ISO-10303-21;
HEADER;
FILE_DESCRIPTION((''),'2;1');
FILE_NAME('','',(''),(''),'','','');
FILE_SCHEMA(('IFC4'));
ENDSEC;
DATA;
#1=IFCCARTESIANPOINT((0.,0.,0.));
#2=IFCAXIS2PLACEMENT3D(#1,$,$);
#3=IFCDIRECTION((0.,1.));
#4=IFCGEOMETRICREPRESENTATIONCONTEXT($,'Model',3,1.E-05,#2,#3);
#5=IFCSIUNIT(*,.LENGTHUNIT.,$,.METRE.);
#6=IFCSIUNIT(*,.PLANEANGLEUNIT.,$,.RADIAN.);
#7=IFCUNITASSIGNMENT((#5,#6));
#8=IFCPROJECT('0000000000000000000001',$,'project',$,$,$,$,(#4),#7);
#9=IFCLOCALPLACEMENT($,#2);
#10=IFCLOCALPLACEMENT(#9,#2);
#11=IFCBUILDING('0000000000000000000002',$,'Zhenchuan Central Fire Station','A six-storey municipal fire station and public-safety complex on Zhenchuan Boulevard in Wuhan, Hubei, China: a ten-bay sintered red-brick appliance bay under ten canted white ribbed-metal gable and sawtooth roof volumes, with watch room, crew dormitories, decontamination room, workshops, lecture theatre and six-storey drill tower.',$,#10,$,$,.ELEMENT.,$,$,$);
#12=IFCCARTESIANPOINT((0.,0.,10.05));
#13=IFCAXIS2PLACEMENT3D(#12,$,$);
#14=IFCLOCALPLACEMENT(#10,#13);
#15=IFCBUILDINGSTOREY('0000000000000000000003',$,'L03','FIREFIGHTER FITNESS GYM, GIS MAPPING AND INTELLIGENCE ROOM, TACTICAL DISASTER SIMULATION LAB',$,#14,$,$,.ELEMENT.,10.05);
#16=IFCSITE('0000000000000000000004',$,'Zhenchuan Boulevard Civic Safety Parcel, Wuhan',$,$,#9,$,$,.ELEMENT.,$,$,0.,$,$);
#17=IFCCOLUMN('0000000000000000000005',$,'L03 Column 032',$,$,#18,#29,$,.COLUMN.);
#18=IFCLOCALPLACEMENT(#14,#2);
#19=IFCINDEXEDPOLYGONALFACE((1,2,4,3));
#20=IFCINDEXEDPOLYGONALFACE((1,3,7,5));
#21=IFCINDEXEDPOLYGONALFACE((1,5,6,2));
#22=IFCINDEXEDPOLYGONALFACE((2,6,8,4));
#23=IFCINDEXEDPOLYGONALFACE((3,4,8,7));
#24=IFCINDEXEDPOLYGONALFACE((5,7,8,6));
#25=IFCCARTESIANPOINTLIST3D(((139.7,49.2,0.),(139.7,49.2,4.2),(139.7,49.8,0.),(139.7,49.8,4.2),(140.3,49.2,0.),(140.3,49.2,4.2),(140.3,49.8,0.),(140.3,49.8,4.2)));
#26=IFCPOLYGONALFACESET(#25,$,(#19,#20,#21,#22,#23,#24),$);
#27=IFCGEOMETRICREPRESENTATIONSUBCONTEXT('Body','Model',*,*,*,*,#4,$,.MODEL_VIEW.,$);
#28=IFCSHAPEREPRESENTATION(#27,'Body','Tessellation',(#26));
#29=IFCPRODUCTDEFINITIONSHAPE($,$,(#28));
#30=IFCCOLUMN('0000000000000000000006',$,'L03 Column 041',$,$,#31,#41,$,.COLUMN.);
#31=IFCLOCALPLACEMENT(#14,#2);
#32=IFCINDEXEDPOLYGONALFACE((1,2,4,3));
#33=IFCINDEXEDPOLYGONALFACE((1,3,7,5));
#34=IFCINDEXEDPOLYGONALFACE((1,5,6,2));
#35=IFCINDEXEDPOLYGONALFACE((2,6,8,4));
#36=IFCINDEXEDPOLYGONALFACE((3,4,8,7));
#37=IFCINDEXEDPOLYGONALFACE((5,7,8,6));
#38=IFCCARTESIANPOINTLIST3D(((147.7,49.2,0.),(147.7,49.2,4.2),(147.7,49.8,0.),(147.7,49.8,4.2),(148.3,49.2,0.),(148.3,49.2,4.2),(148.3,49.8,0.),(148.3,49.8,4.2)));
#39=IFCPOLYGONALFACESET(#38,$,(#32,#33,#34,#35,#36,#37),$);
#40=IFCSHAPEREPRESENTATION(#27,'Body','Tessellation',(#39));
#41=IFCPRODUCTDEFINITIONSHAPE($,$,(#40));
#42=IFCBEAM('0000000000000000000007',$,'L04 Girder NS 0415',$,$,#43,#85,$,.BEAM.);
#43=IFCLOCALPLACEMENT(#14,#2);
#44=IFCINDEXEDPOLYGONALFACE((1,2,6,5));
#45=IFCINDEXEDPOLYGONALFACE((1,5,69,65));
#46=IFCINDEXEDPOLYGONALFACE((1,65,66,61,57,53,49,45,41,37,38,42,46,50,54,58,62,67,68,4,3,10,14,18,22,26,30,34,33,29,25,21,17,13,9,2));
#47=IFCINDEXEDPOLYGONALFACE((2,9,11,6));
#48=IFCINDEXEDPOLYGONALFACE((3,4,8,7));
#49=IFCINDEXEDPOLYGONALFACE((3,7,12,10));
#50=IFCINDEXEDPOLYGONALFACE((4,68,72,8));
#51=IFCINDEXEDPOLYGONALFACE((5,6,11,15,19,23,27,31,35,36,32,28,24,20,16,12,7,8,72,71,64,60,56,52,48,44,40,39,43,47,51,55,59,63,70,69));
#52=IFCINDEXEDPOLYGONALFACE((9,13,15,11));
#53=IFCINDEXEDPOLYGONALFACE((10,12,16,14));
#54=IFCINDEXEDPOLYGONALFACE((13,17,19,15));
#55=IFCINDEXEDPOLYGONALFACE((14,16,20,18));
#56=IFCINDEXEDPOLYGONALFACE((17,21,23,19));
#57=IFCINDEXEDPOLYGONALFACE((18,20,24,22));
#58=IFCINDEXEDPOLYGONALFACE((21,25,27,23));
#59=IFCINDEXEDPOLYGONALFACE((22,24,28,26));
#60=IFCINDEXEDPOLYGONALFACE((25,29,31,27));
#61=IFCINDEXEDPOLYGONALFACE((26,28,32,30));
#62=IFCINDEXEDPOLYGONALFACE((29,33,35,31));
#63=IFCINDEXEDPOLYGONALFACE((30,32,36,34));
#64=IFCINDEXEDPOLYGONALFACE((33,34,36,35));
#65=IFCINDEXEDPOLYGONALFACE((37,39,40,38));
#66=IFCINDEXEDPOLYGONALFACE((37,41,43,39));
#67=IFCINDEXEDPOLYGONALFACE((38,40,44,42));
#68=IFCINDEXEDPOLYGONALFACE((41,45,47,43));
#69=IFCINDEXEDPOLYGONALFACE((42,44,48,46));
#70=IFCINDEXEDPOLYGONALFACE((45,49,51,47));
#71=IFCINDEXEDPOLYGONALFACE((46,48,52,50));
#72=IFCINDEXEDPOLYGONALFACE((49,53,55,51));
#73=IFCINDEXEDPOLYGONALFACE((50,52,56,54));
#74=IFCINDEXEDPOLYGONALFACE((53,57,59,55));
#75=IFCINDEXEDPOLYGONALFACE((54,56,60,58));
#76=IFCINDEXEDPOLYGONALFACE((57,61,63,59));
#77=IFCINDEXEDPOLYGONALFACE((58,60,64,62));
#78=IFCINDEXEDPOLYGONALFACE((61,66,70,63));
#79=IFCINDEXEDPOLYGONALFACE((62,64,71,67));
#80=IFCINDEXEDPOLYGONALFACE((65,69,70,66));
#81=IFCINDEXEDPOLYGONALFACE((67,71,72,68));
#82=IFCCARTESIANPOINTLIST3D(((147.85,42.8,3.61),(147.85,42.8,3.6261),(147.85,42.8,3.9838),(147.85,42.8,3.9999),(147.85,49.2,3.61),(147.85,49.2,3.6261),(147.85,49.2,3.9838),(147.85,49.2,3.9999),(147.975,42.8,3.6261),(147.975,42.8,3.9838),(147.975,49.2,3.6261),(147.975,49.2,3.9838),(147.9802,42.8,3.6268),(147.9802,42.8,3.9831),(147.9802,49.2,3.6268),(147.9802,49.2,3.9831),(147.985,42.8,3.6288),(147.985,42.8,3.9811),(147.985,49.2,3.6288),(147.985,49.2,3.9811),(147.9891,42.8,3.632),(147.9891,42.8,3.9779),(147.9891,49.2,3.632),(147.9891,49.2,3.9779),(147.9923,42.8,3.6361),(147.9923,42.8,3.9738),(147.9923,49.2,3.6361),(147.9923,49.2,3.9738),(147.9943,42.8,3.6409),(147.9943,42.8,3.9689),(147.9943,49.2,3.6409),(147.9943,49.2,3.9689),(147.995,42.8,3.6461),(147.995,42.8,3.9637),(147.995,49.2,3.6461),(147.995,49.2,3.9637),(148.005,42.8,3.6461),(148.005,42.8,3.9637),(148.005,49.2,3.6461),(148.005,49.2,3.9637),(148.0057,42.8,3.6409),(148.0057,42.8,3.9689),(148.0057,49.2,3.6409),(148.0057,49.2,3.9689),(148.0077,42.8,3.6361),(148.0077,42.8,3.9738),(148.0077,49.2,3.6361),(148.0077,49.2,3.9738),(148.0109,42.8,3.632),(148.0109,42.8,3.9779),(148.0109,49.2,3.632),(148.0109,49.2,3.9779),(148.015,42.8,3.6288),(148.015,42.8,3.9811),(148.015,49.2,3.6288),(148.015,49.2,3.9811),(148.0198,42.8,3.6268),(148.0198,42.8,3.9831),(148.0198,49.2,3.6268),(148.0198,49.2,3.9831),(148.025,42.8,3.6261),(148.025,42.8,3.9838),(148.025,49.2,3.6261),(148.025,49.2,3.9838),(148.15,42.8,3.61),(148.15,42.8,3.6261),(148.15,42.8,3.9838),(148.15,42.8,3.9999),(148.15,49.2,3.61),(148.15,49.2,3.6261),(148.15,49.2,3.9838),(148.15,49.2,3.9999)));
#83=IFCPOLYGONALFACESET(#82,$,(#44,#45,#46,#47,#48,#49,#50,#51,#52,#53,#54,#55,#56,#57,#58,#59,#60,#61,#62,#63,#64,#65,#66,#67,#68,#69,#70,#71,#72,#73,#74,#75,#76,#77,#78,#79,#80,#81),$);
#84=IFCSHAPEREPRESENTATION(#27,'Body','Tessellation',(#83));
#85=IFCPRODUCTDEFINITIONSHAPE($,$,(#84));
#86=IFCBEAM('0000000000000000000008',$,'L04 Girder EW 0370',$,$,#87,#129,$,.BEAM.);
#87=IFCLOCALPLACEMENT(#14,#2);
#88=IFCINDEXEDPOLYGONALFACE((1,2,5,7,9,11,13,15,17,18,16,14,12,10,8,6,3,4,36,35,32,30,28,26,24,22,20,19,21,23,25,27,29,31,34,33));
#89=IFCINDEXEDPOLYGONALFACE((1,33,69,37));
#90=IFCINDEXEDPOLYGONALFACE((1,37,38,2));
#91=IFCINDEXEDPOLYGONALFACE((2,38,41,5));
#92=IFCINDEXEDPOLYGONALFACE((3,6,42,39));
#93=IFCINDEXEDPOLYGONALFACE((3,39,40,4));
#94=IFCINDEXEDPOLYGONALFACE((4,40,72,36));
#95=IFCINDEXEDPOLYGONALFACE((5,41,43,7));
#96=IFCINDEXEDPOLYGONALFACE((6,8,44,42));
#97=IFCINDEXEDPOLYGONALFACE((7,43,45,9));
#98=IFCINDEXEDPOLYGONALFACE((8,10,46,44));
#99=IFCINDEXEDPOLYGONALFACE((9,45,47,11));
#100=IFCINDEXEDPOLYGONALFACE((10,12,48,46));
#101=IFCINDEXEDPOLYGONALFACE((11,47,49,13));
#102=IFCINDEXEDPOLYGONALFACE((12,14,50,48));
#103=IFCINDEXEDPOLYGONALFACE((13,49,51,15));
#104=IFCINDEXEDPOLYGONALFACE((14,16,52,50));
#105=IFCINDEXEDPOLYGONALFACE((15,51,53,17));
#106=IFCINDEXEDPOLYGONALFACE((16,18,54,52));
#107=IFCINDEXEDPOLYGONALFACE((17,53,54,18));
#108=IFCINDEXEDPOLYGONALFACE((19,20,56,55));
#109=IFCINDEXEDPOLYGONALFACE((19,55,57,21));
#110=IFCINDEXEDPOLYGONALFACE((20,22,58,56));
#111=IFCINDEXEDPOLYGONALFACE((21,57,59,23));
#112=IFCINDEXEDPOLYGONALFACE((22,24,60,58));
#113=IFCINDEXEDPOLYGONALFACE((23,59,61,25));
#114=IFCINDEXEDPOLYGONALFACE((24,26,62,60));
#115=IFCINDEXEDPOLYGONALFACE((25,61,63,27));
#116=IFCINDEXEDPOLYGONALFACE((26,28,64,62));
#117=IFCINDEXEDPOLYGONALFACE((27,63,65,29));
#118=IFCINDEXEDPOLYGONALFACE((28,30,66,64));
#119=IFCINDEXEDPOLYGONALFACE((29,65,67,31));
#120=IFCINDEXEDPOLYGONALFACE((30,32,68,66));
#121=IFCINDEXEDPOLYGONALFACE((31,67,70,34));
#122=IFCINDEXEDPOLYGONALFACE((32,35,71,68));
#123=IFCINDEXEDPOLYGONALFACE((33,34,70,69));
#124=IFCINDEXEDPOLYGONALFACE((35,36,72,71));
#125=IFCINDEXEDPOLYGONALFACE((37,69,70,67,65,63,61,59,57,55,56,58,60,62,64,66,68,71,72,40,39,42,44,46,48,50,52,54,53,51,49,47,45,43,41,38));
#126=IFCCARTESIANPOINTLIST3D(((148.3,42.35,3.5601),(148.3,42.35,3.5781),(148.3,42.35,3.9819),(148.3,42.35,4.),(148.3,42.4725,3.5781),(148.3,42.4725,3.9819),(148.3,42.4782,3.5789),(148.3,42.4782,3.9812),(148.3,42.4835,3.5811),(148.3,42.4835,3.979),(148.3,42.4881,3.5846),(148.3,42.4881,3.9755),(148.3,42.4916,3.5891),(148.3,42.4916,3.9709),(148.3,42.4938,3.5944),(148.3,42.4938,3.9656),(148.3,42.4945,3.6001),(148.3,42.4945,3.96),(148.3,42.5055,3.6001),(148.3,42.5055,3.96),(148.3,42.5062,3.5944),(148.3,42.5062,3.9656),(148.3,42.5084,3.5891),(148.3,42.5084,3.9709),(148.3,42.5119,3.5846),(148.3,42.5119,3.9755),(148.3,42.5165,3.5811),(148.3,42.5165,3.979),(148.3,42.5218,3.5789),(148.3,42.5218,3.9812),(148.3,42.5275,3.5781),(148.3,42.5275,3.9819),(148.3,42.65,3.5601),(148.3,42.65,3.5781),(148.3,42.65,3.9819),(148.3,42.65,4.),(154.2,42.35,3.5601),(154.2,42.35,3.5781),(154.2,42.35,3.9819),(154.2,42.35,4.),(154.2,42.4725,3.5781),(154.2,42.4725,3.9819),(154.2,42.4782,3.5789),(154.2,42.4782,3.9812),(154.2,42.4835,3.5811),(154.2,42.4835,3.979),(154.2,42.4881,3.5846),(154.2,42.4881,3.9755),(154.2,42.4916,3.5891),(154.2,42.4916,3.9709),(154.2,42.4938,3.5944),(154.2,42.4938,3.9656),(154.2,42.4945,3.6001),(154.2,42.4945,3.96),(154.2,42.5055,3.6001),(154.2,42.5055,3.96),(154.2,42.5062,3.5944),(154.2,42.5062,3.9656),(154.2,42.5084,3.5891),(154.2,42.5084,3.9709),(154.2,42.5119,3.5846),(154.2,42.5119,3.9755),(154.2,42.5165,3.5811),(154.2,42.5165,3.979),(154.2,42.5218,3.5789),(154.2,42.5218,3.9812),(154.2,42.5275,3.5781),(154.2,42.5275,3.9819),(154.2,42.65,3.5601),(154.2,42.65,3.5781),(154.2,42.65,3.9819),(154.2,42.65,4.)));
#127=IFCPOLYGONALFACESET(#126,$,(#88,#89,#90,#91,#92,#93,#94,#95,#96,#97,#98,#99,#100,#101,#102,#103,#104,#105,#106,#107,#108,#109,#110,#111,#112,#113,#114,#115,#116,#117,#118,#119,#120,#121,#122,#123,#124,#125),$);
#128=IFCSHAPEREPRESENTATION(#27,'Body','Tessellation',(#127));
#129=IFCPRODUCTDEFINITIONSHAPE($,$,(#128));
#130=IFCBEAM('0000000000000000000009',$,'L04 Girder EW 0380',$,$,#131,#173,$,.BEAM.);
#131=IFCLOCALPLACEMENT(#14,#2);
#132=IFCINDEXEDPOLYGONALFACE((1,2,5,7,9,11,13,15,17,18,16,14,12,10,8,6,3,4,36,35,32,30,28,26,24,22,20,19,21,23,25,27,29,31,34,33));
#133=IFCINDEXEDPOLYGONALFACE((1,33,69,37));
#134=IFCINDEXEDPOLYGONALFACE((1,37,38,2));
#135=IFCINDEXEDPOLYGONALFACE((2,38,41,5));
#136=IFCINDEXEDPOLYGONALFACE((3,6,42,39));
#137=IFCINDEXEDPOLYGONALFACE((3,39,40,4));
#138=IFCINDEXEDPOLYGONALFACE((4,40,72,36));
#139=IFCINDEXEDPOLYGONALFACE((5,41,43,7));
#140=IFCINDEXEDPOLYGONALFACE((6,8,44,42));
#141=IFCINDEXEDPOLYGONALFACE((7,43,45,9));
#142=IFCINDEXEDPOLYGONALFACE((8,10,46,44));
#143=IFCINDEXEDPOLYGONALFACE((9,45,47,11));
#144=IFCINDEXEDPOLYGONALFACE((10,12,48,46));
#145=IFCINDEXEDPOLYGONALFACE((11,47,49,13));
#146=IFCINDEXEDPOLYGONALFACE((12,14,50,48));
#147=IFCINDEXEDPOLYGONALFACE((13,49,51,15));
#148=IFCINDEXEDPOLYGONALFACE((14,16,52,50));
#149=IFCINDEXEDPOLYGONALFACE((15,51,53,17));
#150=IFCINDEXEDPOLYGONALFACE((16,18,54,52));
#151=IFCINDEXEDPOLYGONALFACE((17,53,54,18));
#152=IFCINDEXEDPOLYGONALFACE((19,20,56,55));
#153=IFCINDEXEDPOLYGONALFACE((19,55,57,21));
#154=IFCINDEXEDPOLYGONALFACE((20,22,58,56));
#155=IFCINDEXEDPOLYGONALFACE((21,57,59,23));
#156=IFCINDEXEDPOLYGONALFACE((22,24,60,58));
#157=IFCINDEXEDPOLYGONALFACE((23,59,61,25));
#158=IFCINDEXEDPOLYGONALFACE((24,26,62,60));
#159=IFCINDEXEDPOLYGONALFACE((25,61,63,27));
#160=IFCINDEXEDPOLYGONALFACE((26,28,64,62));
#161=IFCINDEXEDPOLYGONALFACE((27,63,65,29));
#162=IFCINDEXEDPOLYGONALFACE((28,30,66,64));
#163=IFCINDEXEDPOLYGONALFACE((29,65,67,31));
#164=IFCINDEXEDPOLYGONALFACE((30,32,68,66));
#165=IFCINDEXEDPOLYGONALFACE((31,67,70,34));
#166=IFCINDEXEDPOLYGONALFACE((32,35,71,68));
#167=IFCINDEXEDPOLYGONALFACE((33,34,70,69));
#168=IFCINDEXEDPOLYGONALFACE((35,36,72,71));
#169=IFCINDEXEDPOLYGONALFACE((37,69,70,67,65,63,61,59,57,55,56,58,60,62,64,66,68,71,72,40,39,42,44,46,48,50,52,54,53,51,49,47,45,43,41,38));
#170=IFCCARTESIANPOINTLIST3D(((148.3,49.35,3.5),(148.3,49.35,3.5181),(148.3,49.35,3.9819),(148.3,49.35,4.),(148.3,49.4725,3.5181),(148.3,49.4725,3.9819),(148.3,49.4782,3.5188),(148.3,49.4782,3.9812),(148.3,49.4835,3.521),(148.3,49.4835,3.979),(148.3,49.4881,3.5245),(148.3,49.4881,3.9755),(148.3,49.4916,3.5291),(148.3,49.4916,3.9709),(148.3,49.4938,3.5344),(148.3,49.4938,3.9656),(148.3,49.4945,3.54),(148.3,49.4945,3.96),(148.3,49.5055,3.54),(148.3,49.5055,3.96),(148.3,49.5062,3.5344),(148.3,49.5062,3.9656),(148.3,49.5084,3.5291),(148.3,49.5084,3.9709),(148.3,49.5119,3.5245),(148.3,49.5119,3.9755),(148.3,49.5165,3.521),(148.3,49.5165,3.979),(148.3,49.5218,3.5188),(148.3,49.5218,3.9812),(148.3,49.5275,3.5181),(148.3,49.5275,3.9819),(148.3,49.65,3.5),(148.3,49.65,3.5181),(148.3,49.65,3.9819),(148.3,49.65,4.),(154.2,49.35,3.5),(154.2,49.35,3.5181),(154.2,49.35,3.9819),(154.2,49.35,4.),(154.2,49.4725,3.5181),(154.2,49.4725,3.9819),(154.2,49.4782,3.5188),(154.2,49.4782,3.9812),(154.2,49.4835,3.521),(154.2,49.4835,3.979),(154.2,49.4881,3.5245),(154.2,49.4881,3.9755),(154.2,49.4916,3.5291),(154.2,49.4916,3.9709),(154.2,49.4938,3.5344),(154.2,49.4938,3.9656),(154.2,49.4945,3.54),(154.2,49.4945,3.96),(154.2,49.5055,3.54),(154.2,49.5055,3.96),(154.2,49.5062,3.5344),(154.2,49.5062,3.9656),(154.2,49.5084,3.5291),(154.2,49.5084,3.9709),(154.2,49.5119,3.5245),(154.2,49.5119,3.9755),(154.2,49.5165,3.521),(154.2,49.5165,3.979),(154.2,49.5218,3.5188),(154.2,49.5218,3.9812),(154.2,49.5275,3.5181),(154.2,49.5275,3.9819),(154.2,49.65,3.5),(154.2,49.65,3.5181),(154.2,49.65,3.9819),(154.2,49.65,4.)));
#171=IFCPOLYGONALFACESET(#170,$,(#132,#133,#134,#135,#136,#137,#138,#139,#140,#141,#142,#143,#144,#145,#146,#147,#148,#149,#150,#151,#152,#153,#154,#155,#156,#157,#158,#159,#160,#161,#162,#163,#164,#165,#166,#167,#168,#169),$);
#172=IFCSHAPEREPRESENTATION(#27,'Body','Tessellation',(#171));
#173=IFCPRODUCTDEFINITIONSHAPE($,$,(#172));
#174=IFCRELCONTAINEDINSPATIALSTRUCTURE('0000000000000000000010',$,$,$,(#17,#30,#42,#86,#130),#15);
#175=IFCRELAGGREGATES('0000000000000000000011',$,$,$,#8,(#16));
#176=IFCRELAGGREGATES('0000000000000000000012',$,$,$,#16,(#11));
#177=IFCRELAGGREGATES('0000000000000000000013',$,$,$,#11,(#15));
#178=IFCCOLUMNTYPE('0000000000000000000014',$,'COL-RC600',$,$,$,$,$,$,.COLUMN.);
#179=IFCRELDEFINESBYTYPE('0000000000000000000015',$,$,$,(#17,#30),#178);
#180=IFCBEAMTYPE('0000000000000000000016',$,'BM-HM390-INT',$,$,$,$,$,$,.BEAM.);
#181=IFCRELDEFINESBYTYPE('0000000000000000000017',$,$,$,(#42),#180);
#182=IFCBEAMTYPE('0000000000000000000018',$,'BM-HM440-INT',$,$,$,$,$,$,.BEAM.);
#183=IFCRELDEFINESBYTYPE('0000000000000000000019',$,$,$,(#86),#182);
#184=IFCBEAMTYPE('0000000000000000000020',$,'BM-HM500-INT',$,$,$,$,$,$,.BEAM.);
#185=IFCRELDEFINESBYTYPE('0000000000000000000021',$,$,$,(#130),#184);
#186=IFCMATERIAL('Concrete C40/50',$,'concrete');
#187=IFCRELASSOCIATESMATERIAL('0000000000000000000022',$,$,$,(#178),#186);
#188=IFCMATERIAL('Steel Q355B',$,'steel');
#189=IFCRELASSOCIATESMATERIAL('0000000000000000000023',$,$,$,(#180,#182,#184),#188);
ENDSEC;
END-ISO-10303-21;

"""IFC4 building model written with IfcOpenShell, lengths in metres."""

from ifc_helpers import new_model, si_unit, direction, frame, origin, origin_2d, place, context, subcontext, project, spatial, rectangle, i_section, extrude, material, material_profile, profile_set, type_object, element, save


model = new_model("IFC4")

# Units and contexts
model_context = context("Model", 3, precision=1e-05, world=origin(), true_north=direction((0.0, 1.0)))
body_context = subcontext(model_context, "Body", "Model", "MODEL_VIEW")
ifc_project = project(units=[si_unit("LENGTHUNIT", "METRE"), si_unit("PLANEANGLEUNIT", "RADIAN")], contexts=[model_context])

# Site, building, storey
site_placement = place(None, origin())
site = spatial("IfcSite", under=ifc_project, at=site_placement, Name="Zhenchuan Boulevard Civic Safety Parcel, Wuhan", CompositionType="ELEMENT", RefElevation=0.0)
building_placement = place(site_placement, origin())
building = spatial("IfcBuilding", under=site, at=building_placement, Name="Zhenchuan Central Fire Station", Description="A six-storey municipal fire station and public-safety complex on Zhenchuan Boulevard in Wuhan, Hubei, China: a ten-bay sintered red-brick appliance bay under ten canted white ribbed-metal gable and sawtooth roof volumes, with watch room, crew dormitories, decontamination room, workshops, lecture theatre and six-storey drill tower.", CompositionType="ELEMENT")
storey_placement = place(building_placement, frame((0.0, 0.0, 10.05)))
storey = spatial("IfcBuildingStorey", under=building, at=storey_placement, Name="L03", Description="FIREFIGHTER FITNESS GYM, GIS MAPPING AND INTELLIGENCE ROOM, TACTICAL DISASTER SIMULATION LAB", CompositionType="ELEMENT", Elevation=10.05)

# Columns
ifc_material_1 = material(Name="Concrete C40/50", Category="concrete")
ifc_material_profile_1 = material_profile(ifc_material_1, rectangle(XDim=0.6001, YDim=0.6001, at=origin_2d()), Name="RC 600x600")
ifc_profile_set_1 = profile_set([ifc_material_profile_1], Name="Concrete C40/50")
column_type = type_object("IfcColumnType", Name="COL-RC600", PredefinedType="COLUMN", material=ifc_profile_set_1)
for number, where, z_axis, x_axis, name in (
    (1, (140.0, 49.5, 0.0), (0.0, 0.0, 1.0), (1.0, 0.0, 0.0), "L03 Column 032"),
    (2, (148.0, 49.5, 0.0), (0.0, 0.0, 1.0), (1.0, 0.0, 0.0), "L03 Column 041"),
):
    element("IfcColumn", number, at=place(storey_placement, frame(where, z_axis=z_axis, x_axis=x_axis)), inside=storey, type_object=column_type, Name=name, PredefinedType="COLUMN", context=body_context, shape_type="SweptSolid", body=[
        extrude(rectangle(XDim=0.6001, YDim=0.6001, at=origin_2d()), origin(), (0.0, 0.0, 1.0), 4.2),
    ])

# Beams
ifc_material_2 = material(Name="Steel Q355B", Category="steel")
ifc_material_profile_2 = material_profile(ifc_material_2, i_section(OverallWidth=0.3, OverallDepth=0.3899, WebThickness=0.01, FlangeThickness=0.0161, FilletRadius=0.02, at=origin_2d()), Name="HM 390x300")
ifc_profile_set_2 = profile_set([ifc_material_profile_2], Name="Steel Q355B")
beam_type_1 = type_object("IfcBeamType", Name="BM-HM390-INT", PredefinedType="BEAM", material=ifc_profile_set_2)
beam_1_placement = place(storey_placement, frame((148.0, 42.8, 3.8049), z_axis=(0.0, 1.0, 0.0), x_axis=(-1.0, 0.0, 0.0)))
element("IfcBeam", 3, at=beam_1_placement, inside=storey, type_object=beam_type_1, Name="L04 Girder NS 0415", PredefinedType="BEAM", context=body_context, shape_type="SweptSolid", body=[
    extrude(i_section(OverallWidth=0.3, OverallDepth=0.3899, WebThickness=0.01, FlangeThickness=0.0161, FilletRadius=0.02, at=origin_2d()), origin(), (0.0, 0.0, 1.0), 6.3999),
])
ifc_material_profile_3 = material_profile(ifc_material_2, i_section(OverallWidth=0.3, OverallDepth=0.4399, WebThickness=0.011, FlangeThickness=0.0181, FilletRadius=0.022, at=origin_2d()), Name="HM 440x300")
ifc_profile_set_3 = profile_set([ifc_material_profile_3], Name="Steel Q355B")
beam_type_2 = type_object("IfcBeamType", Name="BM-HM440-INT", PredefinedType="BEAM", material=ifc_profile_set_3)
beam_2_placement = place(storey_placement, frame((148.3, 42.5, 3.78), z_axis=(1.0, 0.0, 0.0), x_axis=(0.0, 1.0, 0.0)))
element("IfcBeam", 4, at=beam_2_placement, inside=storey, type_object=beam_type_2, Name="L04 Girder EW 0370", PredefinedType="BEAM", context=body_context, shape_type="SweptSolid", body=[
    extrude(i_section(OverallWidth=0.3, OverallDepth=0.4399, WebThickness=0.011, FlangeThickness=0.0181, FilletRadius=0.022, at=origin_2d()), origin(), (0.0, 0.0, 1.0), 5.8999),
])
ifc_material_profile_4 = material_profile(ifc_material_2, i_section(OverallWidth=0.3, OverallDepth=0.5, WebThickness=0.011, FlangeThickness=0.0181, FilletRadius=0.022, at=origin_2d()), Name="HM 500x300")
ifc_profile_set_4 = profile_set([ifc_material_profile_4], Name="Steel Q355B")
beam_type_3 = type_object("IfcBeamType", Name="BM-HM500-INT", PredefinedType="BEAM", material=ifc_profile_set_4)
beam_3_placement = place(storey_placement, frame((148.3, 49.5, 3.75), z_axis=(1.0, 0.0, 0.0), x_axis=(0.0, 1.0, 0.0)))
element("IfcBeam", 5, at=beam_3_placement, inside=storey, type_object=beam_type_3, Name="L04 Girder EW 0380", PredefinedType="BEAM", context=body_context, shape_type="SweptSolid", body=[
    extrude(i_section(OverallWidth=0.3, OverallDepth=0.5, WebThickness=0.011, FlangeThickness=0.0181, FilletRadius=0.022, at=origin_2d()), origin(), (0.0, 0.0, 1.0), 5.8999),
])

save(model, "model.ifc")
